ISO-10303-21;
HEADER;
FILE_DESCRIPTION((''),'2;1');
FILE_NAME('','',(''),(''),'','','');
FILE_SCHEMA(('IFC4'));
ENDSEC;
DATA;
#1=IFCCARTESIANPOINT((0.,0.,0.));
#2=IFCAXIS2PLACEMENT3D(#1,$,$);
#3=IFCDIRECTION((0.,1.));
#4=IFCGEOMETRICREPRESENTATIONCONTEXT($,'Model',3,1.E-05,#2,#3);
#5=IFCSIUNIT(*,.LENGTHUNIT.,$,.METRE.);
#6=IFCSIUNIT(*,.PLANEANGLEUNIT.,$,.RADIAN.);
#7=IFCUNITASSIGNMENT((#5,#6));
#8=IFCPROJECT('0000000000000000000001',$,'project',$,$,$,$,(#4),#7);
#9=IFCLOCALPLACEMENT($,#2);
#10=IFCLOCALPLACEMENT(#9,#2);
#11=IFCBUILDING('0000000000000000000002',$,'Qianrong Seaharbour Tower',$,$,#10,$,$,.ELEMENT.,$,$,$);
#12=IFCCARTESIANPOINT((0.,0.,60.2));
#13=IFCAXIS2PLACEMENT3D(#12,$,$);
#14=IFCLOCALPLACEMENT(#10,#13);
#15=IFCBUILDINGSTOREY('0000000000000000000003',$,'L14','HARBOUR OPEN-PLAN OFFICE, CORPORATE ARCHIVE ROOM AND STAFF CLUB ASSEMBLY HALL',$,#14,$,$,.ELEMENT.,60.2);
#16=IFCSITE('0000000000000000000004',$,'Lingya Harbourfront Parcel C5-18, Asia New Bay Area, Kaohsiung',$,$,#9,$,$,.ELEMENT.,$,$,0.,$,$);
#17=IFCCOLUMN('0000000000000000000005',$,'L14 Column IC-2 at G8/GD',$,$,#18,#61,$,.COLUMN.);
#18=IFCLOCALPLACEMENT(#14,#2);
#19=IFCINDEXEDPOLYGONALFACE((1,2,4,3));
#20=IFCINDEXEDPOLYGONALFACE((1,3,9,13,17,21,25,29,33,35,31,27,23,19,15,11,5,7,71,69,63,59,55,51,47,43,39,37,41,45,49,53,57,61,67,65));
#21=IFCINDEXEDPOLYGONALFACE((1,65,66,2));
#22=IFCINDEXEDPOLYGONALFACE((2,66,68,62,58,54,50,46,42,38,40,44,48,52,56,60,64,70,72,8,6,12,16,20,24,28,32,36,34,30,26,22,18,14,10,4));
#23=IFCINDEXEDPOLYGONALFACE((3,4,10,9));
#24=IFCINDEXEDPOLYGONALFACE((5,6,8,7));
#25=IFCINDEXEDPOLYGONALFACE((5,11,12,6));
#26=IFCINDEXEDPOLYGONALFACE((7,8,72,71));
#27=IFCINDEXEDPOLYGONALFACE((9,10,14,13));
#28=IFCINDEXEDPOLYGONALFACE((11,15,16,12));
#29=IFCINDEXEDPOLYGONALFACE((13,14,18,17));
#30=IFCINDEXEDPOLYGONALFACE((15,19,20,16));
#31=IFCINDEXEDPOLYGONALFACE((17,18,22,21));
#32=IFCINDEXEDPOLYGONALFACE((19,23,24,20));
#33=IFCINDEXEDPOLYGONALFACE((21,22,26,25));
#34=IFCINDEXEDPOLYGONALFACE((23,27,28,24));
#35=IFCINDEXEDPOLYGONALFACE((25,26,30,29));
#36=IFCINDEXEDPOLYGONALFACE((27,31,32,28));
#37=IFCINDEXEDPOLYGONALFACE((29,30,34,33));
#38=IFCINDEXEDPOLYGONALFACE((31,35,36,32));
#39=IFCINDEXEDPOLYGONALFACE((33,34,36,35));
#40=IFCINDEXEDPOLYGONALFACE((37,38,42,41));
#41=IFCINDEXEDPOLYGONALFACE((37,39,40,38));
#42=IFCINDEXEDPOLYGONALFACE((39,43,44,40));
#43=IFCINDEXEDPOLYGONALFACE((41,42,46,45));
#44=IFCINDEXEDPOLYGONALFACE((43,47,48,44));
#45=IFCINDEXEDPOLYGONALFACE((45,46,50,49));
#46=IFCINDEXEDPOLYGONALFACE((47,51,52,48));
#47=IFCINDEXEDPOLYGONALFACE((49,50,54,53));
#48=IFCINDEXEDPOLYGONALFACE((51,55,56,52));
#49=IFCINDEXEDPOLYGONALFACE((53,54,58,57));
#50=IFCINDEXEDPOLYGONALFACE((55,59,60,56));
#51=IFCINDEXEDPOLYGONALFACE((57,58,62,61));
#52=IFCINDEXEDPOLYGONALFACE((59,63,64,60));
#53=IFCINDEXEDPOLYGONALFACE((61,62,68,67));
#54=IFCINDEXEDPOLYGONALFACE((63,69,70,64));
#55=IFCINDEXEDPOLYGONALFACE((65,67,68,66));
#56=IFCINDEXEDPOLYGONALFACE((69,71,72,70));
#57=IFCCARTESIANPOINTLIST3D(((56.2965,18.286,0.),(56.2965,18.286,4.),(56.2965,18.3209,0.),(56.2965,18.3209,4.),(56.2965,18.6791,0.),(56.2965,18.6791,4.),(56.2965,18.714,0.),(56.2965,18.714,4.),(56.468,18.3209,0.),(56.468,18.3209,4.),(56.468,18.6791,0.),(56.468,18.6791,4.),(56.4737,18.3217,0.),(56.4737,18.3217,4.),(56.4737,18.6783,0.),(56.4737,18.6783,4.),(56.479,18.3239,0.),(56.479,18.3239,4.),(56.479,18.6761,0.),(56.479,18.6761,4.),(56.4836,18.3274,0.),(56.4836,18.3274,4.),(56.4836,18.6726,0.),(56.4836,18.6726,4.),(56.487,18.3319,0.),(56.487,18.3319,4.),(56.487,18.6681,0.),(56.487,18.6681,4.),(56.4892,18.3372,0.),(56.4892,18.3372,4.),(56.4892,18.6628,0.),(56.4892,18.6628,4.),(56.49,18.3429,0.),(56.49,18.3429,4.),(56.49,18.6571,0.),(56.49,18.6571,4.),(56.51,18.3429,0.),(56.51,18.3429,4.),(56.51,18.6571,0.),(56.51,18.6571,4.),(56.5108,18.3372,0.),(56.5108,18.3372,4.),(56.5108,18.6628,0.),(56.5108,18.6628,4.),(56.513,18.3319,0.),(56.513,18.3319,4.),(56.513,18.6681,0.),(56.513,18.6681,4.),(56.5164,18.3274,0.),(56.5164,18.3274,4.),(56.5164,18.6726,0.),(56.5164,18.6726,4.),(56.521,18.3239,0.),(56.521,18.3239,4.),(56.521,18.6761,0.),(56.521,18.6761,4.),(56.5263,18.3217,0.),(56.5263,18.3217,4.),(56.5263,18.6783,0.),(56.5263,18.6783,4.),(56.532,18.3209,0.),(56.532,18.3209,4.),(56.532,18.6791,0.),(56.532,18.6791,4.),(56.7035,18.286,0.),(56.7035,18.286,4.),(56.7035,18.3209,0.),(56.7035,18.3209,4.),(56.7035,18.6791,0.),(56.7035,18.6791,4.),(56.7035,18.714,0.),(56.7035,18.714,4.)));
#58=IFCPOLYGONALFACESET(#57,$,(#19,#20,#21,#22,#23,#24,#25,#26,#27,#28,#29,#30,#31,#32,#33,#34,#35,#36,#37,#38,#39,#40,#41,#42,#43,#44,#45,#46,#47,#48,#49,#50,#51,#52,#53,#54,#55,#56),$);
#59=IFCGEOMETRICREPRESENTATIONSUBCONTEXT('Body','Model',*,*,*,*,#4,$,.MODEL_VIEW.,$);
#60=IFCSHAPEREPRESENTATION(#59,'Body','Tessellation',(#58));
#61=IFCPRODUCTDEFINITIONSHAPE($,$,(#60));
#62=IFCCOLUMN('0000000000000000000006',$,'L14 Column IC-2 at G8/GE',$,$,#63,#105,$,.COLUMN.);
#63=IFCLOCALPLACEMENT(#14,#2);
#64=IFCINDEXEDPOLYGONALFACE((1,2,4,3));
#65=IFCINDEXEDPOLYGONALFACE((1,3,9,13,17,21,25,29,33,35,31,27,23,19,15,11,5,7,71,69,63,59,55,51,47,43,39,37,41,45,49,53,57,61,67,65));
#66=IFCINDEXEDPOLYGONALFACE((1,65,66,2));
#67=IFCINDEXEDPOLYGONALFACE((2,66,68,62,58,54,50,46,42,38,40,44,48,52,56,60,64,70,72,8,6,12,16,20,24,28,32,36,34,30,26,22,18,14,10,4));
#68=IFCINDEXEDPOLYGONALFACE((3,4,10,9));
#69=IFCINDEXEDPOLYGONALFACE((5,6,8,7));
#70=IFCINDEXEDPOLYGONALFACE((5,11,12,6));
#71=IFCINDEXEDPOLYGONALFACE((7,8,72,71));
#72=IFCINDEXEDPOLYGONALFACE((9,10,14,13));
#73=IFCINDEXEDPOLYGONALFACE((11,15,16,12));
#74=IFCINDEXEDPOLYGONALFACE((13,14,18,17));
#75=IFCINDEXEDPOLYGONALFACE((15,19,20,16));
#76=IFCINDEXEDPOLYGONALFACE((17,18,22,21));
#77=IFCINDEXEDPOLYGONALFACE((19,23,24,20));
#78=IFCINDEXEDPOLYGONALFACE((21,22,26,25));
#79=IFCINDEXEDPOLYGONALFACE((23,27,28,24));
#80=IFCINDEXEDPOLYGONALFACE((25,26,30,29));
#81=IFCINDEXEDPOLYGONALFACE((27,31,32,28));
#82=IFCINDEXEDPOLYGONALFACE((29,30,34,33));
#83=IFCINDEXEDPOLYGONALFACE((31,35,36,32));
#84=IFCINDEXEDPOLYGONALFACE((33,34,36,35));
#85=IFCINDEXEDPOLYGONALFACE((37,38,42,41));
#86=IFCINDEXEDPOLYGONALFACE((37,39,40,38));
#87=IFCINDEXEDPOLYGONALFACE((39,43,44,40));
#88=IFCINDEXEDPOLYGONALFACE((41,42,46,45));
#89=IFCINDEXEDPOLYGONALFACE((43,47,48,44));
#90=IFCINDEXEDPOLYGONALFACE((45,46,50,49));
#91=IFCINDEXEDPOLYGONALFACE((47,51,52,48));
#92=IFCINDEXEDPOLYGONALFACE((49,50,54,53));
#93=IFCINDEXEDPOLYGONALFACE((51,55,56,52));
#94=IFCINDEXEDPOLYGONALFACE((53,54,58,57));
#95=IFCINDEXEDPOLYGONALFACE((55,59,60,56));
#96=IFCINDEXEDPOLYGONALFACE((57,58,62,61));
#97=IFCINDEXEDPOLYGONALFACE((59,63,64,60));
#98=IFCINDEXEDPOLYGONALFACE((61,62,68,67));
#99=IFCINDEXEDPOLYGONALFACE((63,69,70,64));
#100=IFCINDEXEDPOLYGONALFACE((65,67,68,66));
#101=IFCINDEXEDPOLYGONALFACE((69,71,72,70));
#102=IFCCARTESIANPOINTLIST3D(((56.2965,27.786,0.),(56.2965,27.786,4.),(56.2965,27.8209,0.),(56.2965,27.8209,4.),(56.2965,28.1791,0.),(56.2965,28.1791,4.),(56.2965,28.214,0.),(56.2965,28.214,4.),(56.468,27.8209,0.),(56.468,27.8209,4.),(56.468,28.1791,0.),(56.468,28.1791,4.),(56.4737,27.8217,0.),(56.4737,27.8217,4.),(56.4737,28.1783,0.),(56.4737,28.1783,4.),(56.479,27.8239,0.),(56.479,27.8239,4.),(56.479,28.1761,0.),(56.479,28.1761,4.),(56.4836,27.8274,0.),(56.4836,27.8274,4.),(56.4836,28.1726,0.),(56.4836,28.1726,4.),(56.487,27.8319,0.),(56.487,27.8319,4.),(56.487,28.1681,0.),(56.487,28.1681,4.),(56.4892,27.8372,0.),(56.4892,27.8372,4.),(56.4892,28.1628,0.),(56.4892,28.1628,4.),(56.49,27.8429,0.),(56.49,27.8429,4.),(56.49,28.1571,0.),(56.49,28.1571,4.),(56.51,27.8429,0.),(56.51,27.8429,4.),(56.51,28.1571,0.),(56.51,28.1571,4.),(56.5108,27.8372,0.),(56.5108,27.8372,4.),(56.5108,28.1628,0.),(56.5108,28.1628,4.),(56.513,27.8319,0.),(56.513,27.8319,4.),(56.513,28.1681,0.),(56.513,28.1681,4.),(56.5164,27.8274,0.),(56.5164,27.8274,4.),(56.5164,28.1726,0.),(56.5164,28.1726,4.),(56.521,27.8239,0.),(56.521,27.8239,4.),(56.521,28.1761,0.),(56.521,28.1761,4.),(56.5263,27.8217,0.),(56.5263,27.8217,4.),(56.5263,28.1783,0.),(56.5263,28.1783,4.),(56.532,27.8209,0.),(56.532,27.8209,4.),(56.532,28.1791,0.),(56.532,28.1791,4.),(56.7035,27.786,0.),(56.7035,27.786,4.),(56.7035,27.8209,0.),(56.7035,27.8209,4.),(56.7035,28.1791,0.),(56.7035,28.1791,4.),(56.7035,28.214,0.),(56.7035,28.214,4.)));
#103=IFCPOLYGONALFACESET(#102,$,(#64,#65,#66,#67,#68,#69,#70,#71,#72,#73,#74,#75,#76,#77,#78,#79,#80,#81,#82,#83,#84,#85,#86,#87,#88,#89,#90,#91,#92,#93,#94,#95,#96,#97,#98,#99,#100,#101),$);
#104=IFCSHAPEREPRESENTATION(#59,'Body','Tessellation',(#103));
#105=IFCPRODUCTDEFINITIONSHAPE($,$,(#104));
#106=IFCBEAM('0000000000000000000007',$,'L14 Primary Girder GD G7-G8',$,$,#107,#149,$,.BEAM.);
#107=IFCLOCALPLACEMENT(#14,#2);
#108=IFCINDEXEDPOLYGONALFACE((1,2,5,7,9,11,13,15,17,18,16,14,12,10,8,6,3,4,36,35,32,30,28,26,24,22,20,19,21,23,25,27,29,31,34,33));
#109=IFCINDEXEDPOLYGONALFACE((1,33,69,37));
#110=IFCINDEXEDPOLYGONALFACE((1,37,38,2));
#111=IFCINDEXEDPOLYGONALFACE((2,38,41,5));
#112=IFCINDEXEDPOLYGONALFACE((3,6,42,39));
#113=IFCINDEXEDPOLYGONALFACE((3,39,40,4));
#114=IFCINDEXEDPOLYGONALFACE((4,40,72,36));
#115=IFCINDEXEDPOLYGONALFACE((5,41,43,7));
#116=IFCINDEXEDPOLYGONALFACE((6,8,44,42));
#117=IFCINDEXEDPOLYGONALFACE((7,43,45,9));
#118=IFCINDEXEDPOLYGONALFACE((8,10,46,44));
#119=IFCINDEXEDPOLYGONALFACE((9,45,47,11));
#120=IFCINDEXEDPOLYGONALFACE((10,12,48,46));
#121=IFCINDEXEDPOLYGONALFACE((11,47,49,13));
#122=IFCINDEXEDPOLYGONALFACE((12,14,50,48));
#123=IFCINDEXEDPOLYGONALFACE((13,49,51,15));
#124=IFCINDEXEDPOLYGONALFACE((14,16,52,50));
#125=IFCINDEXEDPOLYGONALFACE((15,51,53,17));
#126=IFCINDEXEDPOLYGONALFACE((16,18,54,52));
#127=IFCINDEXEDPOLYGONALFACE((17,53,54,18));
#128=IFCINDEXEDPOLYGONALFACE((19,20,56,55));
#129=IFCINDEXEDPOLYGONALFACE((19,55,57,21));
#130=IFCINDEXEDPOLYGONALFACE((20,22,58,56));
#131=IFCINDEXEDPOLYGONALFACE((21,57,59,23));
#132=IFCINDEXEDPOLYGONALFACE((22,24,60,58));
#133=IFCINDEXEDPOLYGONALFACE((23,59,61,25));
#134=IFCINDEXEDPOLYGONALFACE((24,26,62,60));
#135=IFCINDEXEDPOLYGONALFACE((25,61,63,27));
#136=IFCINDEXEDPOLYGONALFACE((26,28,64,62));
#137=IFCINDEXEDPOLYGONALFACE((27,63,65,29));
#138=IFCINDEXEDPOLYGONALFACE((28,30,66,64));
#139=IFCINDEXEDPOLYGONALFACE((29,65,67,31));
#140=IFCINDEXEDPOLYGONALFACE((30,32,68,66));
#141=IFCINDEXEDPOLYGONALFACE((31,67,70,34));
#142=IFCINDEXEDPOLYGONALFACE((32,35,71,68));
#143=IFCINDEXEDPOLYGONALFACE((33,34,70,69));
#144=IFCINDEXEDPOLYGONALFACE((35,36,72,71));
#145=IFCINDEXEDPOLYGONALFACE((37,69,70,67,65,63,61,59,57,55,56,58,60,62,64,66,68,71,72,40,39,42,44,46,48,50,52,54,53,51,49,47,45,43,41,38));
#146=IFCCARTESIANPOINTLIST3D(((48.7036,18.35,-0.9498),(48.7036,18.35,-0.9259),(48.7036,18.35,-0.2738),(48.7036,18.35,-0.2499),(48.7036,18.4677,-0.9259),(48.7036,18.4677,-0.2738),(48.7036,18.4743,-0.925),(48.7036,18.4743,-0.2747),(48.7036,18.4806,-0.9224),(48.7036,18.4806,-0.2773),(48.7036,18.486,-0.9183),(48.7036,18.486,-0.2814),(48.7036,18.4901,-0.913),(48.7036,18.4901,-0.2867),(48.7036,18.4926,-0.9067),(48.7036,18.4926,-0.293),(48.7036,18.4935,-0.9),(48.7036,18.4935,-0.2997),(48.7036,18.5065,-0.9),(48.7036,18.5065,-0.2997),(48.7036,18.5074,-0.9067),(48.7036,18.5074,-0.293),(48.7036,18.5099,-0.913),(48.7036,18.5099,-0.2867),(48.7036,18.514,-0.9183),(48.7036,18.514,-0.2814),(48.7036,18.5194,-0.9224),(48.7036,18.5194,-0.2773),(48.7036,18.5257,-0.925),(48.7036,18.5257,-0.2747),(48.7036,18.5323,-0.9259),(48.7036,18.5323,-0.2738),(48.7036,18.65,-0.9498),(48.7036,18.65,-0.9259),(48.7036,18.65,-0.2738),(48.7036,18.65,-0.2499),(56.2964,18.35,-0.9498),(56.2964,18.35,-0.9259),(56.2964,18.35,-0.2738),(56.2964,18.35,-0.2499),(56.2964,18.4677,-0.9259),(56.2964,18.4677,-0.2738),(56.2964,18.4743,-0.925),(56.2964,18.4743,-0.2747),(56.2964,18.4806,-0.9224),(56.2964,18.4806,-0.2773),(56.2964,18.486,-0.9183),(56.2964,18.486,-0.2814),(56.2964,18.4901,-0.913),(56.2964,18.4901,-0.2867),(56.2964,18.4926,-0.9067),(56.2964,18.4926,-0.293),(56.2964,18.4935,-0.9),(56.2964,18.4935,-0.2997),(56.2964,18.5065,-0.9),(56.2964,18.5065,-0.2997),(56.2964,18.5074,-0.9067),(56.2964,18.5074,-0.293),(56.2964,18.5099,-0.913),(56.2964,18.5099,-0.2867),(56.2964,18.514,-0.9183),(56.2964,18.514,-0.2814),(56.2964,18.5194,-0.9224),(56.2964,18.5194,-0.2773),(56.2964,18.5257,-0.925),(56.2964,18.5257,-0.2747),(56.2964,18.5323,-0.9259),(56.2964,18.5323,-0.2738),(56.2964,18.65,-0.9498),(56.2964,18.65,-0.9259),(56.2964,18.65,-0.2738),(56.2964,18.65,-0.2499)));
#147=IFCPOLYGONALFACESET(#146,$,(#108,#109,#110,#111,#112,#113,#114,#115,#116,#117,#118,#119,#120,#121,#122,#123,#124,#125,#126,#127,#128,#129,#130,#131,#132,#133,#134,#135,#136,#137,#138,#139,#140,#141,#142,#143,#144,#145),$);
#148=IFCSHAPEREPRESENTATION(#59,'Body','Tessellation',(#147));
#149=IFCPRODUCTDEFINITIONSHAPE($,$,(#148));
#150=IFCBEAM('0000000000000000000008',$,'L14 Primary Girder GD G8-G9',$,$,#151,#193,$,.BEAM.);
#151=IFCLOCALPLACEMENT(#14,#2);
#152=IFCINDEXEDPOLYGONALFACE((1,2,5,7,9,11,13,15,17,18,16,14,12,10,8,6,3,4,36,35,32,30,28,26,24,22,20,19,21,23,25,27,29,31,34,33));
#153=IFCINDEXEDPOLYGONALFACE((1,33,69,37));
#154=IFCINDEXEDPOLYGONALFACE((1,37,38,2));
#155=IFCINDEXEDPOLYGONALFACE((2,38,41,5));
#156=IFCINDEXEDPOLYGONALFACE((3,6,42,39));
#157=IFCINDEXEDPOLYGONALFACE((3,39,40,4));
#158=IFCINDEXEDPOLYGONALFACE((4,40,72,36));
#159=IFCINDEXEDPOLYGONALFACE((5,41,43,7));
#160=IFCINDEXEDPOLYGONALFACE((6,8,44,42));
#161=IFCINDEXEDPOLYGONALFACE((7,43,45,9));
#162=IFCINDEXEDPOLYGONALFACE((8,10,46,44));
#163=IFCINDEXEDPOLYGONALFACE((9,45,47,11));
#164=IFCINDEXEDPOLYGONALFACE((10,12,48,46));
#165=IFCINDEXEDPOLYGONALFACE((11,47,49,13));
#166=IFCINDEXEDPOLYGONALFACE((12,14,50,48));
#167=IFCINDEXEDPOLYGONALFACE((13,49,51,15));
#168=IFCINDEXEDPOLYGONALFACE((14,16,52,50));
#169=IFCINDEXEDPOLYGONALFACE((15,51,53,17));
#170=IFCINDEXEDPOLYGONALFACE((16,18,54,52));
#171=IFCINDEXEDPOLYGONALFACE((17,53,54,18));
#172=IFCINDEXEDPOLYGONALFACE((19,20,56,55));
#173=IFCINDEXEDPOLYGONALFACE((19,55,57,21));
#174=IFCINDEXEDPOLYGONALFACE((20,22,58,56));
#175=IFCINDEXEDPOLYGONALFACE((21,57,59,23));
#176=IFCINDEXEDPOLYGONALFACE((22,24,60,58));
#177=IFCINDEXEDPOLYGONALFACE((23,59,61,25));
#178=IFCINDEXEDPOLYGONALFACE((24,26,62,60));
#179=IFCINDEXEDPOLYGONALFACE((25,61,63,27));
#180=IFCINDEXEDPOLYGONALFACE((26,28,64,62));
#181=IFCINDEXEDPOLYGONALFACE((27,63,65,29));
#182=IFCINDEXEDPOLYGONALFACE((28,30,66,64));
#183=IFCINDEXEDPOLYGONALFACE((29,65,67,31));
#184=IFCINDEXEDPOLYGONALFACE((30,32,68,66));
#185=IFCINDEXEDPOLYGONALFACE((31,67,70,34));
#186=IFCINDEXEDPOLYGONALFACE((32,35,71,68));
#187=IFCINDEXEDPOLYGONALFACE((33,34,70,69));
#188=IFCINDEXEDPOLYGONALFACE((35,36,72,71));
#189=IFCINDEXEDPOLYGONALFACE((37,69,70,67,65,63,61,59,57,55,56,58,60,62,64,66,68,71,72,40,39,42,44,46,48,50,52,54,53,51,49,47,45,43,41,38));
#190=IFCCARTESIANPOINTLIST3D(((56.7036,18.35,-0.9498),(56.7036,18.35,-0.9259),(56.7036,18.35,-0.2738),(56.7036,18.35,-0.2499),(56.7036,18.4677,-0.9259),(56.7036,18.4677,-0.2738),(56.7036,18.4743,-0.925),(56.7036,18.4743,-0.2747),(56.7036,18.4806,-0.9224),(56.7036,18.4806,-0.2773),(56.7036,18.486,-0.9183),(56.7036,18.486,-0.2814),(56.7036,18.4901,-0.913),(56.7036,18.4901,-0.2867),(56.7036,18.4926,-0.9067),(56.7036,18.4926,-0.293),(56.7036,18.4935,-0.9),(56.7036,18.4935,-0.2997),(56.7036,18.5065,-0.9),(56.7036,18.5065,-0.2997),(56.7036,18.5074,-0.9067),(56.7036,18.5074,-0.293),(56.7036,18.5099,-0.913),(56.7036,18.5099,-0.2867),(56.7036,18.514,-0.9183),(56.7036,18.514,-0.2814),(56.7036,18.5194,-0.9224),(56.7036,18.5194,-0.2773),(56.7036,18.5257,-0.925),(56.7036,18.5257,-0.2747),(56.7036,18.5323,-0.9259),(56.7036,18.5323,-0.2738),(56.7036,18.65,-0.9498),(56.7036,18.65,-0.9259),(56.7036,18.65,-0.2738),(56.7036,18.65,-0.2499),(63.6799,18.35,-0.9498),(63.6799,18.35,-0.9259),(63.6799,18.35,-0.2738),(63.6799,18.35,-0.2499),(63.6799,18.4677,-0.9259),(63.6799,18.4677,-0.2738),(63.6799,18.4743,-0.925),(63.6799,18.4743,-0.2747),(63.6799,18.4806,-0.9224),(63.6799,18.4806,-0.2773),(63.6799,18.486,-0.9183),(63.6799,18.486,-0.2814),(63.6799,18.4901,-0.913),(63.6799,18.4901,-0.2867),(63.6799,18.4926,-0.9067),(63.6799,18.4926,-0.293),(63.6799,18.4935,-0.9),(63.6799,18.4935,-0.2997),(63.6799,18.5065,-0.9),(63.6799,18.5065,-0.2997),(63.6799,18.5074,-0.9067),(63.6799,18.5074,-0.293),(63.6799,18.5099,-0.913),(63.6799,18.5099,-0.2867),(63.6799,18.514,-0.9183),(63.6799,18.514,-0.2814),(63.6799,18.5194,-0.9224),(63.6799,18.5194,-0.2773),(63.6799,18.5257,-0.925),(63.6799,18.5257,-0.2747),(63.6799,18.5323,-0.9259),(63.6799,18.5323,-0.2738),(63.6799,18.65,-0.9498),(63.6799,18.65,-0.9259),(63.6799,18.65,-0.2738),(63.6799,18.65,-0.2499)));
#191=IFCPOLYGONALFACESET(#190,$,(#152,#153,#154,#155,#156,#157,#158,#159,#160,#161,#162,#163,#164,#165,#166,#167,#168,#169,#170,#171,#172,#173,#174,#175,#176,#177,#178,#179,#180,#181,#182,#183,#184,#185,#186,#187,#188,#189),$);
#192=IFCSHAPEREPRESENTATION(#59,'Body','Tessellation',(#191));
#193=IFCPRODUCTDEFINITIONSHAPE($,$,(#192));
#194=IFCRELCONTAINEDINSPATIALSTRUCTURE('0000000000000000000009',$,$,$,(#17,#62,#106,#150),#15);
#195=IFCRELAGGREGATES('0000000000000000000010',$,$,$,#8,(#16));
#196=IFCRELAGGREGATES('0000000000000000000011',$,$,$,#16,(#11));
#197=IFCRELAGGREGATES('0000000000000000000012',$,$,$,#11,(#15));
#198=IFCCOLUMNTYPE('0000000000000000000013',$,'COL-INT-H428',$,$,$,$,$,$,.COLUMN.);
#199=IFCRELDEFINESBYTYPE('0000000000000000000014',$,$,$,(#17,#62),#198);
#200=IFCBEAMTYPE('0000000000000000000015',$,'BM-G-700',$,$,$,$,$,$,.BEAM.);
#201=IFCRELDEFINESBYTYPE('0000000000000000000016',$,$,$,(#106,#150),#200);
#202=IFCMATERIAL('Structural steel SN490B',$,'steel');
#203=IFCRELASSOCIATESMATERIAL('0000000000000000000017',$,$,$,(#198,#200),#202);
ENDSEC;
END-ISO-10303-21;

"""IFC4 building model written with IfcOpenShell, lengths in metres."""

from ifc_helpers import new_model, si_unit, direction, frame, origin, origin_2d, place, context, subcontext, project, spatial, i_section, extrude, material, material_profile, profile_set, type_object, element, save


model = new_model("IFC4")

# Units and contexts
model_context = context("Model", 3, precision=1e-05, world=origin(), true_north=direction((0.0, 1.0)))
body_context = subcontext(model_context, "Body", "Model", "MODEL_VIEW")
ifc_project = project(units=[si_unit("LENGTHUNIT", "METRE"), si_unit("PLANEANGLEUNIT", "RADIAN")], contexts=[model_context])

# Site, building, storey
site_placement = place(None, origin())
site = spatial("IfcSite", under=ifc_project, at=site_placement, Name="Lingya Harbourfront Parcel C5-18, Asia New Bay Area, Kaohsiung", CompositionType="ELEMENT", RefElevation=0.0)
building_placement = place(site_placement, origin())
building = spatial("IfcBuilding", under=site, at=building_placement, Name="Qianrong Seaharbour Tower", CompositionType="ELEMENT")
storey_placement = place(building_placement, frame((0.0, 0.0, 60.2)))
storey = spatial("IfcBuildingStorey", under=building, at=storey_placement, Name="L14", Description="HARBOUR OPEN-PLAN OFFICE, CORPORATE ARCHIVE ROOM AND STAFF CLUB ASSEMBLY HALL", CompositionType="ELEMENT", Elevation=60.2)

# Columns
ifc_material_1 = material(Name="Structural steel SN490B", Category="steel")
ifc_material_profile_1 = material_profile(ifc_material_1, i_section(OverallWidth=0.407, OverallDepth=0.428, WebThickness=0.02, FlangeThickness=0.0349, FilletRadius=0.022, at=origin_2d()), Name="H428x407x20x35")
ifc_profile_set_1 = profile_set([ifc_material_profile_1], Name="Structural steel SN490B")
column_type_1 = type_object("IfcColumnType", Name="COL-INT-H428", PredefinedType="COLUMN", material=ifc_profile_set_1)
for number, where, z_axis, x_axis, name in (
    (1, (56.5, 18.5, 0.0), (0.0, 0.0, 1.0), (1.0, 0.0, 0.0), "L14 Column IC-2 at G8/GD"),
    (2, (56.5, 28.0, 0.0), (0.0, 0.0, 1.0), (1.0, 0.0, 0.0), "L14 Column IC-2 at G8/GE"),
):
    element("IfcColumn", number, at=place(storey_placement, frame(where, z_axis=z_axis, x_axis=x_axis)), inside=storey, type_object=column_type_1, Name=name, PredefinedType="COLUMN", context=body_context, shape_type="SweptSolid", body=[
        extrude(i_section(OverallWidth=0.407, OverallDepth=0.428, WebThickness=0.02, FlangeThickness=0.0349, FilletRadius=0.022, at=origin_2d()), origin(), (0.0, 0.0, 1.0), 4.0),
    ])

# Beams
ifc_material_profile_2 = material_profile(ifc_material_1, i_section(OverallWidth=0.3, OverallDepth=0.7, WebThickness=0.0129, FlangeThickness=0.0239, FilletRadius=0.0259, at=origin_2d()), Name="H700x300x13x24")
ifc_profile_set_2 = profile_set([ifc_material_profile_2], Name="Structural steel SN490B")
beam_type_1 = type_object("IfcBeamType", Name="BM-G-700", PredefinedType="BEAM", material=ifc_profile_set_2)
beam_1_placement = place(storey_placement, frame((48.7036, 18.5, -0.5999), z_axis=(1.0, 0.0, 0.0), x_axis=(0.0, 1.0, 0.0)))
element("IfcBeam", 3, at=beam_1_placement, inside=storey, type_object=beam_type_1, Name="L14 Primary Girder GD G7-G8", PredefinedType="BEAM", context=body_context, shape_type="SweptSolid", body=[
    extrude(i_section(OverallWidth=0.3, OverallDepth=0.7, WebThickness=0.0129, FlangeThickness=0.0239, FilletRadius=0.0259, at=origin_2d()), origin(), (0.0, 0.0, 1.0), 7.5928),
])
beam_2_placement = place(storey_placement, frame((56.7036, 18.5, -0.5999), z_axis=(1.0, 0.0, 0.0), x_axis=(0.0, 1.0, 0.0)))
element("IfcBeam", 4, at=beam_2_placement, inside=storey, type_object=beam_type_1, Name="L14 Primary Girder GD G8-G9", PredefinedType="BEAM", context=body_context, shape_type="SweptSolid", body=[
    extrude(i_section(OverallWidth=0.3, OverallDepth=0.7, WebThickness=0.0129, FlangeThickness=0.0239, FilletRadius=0.0259, at=origin_2d()), origin(), (0.0, 0.0, 1.0), 6.9763),
])

save(model, "model.ifc")
